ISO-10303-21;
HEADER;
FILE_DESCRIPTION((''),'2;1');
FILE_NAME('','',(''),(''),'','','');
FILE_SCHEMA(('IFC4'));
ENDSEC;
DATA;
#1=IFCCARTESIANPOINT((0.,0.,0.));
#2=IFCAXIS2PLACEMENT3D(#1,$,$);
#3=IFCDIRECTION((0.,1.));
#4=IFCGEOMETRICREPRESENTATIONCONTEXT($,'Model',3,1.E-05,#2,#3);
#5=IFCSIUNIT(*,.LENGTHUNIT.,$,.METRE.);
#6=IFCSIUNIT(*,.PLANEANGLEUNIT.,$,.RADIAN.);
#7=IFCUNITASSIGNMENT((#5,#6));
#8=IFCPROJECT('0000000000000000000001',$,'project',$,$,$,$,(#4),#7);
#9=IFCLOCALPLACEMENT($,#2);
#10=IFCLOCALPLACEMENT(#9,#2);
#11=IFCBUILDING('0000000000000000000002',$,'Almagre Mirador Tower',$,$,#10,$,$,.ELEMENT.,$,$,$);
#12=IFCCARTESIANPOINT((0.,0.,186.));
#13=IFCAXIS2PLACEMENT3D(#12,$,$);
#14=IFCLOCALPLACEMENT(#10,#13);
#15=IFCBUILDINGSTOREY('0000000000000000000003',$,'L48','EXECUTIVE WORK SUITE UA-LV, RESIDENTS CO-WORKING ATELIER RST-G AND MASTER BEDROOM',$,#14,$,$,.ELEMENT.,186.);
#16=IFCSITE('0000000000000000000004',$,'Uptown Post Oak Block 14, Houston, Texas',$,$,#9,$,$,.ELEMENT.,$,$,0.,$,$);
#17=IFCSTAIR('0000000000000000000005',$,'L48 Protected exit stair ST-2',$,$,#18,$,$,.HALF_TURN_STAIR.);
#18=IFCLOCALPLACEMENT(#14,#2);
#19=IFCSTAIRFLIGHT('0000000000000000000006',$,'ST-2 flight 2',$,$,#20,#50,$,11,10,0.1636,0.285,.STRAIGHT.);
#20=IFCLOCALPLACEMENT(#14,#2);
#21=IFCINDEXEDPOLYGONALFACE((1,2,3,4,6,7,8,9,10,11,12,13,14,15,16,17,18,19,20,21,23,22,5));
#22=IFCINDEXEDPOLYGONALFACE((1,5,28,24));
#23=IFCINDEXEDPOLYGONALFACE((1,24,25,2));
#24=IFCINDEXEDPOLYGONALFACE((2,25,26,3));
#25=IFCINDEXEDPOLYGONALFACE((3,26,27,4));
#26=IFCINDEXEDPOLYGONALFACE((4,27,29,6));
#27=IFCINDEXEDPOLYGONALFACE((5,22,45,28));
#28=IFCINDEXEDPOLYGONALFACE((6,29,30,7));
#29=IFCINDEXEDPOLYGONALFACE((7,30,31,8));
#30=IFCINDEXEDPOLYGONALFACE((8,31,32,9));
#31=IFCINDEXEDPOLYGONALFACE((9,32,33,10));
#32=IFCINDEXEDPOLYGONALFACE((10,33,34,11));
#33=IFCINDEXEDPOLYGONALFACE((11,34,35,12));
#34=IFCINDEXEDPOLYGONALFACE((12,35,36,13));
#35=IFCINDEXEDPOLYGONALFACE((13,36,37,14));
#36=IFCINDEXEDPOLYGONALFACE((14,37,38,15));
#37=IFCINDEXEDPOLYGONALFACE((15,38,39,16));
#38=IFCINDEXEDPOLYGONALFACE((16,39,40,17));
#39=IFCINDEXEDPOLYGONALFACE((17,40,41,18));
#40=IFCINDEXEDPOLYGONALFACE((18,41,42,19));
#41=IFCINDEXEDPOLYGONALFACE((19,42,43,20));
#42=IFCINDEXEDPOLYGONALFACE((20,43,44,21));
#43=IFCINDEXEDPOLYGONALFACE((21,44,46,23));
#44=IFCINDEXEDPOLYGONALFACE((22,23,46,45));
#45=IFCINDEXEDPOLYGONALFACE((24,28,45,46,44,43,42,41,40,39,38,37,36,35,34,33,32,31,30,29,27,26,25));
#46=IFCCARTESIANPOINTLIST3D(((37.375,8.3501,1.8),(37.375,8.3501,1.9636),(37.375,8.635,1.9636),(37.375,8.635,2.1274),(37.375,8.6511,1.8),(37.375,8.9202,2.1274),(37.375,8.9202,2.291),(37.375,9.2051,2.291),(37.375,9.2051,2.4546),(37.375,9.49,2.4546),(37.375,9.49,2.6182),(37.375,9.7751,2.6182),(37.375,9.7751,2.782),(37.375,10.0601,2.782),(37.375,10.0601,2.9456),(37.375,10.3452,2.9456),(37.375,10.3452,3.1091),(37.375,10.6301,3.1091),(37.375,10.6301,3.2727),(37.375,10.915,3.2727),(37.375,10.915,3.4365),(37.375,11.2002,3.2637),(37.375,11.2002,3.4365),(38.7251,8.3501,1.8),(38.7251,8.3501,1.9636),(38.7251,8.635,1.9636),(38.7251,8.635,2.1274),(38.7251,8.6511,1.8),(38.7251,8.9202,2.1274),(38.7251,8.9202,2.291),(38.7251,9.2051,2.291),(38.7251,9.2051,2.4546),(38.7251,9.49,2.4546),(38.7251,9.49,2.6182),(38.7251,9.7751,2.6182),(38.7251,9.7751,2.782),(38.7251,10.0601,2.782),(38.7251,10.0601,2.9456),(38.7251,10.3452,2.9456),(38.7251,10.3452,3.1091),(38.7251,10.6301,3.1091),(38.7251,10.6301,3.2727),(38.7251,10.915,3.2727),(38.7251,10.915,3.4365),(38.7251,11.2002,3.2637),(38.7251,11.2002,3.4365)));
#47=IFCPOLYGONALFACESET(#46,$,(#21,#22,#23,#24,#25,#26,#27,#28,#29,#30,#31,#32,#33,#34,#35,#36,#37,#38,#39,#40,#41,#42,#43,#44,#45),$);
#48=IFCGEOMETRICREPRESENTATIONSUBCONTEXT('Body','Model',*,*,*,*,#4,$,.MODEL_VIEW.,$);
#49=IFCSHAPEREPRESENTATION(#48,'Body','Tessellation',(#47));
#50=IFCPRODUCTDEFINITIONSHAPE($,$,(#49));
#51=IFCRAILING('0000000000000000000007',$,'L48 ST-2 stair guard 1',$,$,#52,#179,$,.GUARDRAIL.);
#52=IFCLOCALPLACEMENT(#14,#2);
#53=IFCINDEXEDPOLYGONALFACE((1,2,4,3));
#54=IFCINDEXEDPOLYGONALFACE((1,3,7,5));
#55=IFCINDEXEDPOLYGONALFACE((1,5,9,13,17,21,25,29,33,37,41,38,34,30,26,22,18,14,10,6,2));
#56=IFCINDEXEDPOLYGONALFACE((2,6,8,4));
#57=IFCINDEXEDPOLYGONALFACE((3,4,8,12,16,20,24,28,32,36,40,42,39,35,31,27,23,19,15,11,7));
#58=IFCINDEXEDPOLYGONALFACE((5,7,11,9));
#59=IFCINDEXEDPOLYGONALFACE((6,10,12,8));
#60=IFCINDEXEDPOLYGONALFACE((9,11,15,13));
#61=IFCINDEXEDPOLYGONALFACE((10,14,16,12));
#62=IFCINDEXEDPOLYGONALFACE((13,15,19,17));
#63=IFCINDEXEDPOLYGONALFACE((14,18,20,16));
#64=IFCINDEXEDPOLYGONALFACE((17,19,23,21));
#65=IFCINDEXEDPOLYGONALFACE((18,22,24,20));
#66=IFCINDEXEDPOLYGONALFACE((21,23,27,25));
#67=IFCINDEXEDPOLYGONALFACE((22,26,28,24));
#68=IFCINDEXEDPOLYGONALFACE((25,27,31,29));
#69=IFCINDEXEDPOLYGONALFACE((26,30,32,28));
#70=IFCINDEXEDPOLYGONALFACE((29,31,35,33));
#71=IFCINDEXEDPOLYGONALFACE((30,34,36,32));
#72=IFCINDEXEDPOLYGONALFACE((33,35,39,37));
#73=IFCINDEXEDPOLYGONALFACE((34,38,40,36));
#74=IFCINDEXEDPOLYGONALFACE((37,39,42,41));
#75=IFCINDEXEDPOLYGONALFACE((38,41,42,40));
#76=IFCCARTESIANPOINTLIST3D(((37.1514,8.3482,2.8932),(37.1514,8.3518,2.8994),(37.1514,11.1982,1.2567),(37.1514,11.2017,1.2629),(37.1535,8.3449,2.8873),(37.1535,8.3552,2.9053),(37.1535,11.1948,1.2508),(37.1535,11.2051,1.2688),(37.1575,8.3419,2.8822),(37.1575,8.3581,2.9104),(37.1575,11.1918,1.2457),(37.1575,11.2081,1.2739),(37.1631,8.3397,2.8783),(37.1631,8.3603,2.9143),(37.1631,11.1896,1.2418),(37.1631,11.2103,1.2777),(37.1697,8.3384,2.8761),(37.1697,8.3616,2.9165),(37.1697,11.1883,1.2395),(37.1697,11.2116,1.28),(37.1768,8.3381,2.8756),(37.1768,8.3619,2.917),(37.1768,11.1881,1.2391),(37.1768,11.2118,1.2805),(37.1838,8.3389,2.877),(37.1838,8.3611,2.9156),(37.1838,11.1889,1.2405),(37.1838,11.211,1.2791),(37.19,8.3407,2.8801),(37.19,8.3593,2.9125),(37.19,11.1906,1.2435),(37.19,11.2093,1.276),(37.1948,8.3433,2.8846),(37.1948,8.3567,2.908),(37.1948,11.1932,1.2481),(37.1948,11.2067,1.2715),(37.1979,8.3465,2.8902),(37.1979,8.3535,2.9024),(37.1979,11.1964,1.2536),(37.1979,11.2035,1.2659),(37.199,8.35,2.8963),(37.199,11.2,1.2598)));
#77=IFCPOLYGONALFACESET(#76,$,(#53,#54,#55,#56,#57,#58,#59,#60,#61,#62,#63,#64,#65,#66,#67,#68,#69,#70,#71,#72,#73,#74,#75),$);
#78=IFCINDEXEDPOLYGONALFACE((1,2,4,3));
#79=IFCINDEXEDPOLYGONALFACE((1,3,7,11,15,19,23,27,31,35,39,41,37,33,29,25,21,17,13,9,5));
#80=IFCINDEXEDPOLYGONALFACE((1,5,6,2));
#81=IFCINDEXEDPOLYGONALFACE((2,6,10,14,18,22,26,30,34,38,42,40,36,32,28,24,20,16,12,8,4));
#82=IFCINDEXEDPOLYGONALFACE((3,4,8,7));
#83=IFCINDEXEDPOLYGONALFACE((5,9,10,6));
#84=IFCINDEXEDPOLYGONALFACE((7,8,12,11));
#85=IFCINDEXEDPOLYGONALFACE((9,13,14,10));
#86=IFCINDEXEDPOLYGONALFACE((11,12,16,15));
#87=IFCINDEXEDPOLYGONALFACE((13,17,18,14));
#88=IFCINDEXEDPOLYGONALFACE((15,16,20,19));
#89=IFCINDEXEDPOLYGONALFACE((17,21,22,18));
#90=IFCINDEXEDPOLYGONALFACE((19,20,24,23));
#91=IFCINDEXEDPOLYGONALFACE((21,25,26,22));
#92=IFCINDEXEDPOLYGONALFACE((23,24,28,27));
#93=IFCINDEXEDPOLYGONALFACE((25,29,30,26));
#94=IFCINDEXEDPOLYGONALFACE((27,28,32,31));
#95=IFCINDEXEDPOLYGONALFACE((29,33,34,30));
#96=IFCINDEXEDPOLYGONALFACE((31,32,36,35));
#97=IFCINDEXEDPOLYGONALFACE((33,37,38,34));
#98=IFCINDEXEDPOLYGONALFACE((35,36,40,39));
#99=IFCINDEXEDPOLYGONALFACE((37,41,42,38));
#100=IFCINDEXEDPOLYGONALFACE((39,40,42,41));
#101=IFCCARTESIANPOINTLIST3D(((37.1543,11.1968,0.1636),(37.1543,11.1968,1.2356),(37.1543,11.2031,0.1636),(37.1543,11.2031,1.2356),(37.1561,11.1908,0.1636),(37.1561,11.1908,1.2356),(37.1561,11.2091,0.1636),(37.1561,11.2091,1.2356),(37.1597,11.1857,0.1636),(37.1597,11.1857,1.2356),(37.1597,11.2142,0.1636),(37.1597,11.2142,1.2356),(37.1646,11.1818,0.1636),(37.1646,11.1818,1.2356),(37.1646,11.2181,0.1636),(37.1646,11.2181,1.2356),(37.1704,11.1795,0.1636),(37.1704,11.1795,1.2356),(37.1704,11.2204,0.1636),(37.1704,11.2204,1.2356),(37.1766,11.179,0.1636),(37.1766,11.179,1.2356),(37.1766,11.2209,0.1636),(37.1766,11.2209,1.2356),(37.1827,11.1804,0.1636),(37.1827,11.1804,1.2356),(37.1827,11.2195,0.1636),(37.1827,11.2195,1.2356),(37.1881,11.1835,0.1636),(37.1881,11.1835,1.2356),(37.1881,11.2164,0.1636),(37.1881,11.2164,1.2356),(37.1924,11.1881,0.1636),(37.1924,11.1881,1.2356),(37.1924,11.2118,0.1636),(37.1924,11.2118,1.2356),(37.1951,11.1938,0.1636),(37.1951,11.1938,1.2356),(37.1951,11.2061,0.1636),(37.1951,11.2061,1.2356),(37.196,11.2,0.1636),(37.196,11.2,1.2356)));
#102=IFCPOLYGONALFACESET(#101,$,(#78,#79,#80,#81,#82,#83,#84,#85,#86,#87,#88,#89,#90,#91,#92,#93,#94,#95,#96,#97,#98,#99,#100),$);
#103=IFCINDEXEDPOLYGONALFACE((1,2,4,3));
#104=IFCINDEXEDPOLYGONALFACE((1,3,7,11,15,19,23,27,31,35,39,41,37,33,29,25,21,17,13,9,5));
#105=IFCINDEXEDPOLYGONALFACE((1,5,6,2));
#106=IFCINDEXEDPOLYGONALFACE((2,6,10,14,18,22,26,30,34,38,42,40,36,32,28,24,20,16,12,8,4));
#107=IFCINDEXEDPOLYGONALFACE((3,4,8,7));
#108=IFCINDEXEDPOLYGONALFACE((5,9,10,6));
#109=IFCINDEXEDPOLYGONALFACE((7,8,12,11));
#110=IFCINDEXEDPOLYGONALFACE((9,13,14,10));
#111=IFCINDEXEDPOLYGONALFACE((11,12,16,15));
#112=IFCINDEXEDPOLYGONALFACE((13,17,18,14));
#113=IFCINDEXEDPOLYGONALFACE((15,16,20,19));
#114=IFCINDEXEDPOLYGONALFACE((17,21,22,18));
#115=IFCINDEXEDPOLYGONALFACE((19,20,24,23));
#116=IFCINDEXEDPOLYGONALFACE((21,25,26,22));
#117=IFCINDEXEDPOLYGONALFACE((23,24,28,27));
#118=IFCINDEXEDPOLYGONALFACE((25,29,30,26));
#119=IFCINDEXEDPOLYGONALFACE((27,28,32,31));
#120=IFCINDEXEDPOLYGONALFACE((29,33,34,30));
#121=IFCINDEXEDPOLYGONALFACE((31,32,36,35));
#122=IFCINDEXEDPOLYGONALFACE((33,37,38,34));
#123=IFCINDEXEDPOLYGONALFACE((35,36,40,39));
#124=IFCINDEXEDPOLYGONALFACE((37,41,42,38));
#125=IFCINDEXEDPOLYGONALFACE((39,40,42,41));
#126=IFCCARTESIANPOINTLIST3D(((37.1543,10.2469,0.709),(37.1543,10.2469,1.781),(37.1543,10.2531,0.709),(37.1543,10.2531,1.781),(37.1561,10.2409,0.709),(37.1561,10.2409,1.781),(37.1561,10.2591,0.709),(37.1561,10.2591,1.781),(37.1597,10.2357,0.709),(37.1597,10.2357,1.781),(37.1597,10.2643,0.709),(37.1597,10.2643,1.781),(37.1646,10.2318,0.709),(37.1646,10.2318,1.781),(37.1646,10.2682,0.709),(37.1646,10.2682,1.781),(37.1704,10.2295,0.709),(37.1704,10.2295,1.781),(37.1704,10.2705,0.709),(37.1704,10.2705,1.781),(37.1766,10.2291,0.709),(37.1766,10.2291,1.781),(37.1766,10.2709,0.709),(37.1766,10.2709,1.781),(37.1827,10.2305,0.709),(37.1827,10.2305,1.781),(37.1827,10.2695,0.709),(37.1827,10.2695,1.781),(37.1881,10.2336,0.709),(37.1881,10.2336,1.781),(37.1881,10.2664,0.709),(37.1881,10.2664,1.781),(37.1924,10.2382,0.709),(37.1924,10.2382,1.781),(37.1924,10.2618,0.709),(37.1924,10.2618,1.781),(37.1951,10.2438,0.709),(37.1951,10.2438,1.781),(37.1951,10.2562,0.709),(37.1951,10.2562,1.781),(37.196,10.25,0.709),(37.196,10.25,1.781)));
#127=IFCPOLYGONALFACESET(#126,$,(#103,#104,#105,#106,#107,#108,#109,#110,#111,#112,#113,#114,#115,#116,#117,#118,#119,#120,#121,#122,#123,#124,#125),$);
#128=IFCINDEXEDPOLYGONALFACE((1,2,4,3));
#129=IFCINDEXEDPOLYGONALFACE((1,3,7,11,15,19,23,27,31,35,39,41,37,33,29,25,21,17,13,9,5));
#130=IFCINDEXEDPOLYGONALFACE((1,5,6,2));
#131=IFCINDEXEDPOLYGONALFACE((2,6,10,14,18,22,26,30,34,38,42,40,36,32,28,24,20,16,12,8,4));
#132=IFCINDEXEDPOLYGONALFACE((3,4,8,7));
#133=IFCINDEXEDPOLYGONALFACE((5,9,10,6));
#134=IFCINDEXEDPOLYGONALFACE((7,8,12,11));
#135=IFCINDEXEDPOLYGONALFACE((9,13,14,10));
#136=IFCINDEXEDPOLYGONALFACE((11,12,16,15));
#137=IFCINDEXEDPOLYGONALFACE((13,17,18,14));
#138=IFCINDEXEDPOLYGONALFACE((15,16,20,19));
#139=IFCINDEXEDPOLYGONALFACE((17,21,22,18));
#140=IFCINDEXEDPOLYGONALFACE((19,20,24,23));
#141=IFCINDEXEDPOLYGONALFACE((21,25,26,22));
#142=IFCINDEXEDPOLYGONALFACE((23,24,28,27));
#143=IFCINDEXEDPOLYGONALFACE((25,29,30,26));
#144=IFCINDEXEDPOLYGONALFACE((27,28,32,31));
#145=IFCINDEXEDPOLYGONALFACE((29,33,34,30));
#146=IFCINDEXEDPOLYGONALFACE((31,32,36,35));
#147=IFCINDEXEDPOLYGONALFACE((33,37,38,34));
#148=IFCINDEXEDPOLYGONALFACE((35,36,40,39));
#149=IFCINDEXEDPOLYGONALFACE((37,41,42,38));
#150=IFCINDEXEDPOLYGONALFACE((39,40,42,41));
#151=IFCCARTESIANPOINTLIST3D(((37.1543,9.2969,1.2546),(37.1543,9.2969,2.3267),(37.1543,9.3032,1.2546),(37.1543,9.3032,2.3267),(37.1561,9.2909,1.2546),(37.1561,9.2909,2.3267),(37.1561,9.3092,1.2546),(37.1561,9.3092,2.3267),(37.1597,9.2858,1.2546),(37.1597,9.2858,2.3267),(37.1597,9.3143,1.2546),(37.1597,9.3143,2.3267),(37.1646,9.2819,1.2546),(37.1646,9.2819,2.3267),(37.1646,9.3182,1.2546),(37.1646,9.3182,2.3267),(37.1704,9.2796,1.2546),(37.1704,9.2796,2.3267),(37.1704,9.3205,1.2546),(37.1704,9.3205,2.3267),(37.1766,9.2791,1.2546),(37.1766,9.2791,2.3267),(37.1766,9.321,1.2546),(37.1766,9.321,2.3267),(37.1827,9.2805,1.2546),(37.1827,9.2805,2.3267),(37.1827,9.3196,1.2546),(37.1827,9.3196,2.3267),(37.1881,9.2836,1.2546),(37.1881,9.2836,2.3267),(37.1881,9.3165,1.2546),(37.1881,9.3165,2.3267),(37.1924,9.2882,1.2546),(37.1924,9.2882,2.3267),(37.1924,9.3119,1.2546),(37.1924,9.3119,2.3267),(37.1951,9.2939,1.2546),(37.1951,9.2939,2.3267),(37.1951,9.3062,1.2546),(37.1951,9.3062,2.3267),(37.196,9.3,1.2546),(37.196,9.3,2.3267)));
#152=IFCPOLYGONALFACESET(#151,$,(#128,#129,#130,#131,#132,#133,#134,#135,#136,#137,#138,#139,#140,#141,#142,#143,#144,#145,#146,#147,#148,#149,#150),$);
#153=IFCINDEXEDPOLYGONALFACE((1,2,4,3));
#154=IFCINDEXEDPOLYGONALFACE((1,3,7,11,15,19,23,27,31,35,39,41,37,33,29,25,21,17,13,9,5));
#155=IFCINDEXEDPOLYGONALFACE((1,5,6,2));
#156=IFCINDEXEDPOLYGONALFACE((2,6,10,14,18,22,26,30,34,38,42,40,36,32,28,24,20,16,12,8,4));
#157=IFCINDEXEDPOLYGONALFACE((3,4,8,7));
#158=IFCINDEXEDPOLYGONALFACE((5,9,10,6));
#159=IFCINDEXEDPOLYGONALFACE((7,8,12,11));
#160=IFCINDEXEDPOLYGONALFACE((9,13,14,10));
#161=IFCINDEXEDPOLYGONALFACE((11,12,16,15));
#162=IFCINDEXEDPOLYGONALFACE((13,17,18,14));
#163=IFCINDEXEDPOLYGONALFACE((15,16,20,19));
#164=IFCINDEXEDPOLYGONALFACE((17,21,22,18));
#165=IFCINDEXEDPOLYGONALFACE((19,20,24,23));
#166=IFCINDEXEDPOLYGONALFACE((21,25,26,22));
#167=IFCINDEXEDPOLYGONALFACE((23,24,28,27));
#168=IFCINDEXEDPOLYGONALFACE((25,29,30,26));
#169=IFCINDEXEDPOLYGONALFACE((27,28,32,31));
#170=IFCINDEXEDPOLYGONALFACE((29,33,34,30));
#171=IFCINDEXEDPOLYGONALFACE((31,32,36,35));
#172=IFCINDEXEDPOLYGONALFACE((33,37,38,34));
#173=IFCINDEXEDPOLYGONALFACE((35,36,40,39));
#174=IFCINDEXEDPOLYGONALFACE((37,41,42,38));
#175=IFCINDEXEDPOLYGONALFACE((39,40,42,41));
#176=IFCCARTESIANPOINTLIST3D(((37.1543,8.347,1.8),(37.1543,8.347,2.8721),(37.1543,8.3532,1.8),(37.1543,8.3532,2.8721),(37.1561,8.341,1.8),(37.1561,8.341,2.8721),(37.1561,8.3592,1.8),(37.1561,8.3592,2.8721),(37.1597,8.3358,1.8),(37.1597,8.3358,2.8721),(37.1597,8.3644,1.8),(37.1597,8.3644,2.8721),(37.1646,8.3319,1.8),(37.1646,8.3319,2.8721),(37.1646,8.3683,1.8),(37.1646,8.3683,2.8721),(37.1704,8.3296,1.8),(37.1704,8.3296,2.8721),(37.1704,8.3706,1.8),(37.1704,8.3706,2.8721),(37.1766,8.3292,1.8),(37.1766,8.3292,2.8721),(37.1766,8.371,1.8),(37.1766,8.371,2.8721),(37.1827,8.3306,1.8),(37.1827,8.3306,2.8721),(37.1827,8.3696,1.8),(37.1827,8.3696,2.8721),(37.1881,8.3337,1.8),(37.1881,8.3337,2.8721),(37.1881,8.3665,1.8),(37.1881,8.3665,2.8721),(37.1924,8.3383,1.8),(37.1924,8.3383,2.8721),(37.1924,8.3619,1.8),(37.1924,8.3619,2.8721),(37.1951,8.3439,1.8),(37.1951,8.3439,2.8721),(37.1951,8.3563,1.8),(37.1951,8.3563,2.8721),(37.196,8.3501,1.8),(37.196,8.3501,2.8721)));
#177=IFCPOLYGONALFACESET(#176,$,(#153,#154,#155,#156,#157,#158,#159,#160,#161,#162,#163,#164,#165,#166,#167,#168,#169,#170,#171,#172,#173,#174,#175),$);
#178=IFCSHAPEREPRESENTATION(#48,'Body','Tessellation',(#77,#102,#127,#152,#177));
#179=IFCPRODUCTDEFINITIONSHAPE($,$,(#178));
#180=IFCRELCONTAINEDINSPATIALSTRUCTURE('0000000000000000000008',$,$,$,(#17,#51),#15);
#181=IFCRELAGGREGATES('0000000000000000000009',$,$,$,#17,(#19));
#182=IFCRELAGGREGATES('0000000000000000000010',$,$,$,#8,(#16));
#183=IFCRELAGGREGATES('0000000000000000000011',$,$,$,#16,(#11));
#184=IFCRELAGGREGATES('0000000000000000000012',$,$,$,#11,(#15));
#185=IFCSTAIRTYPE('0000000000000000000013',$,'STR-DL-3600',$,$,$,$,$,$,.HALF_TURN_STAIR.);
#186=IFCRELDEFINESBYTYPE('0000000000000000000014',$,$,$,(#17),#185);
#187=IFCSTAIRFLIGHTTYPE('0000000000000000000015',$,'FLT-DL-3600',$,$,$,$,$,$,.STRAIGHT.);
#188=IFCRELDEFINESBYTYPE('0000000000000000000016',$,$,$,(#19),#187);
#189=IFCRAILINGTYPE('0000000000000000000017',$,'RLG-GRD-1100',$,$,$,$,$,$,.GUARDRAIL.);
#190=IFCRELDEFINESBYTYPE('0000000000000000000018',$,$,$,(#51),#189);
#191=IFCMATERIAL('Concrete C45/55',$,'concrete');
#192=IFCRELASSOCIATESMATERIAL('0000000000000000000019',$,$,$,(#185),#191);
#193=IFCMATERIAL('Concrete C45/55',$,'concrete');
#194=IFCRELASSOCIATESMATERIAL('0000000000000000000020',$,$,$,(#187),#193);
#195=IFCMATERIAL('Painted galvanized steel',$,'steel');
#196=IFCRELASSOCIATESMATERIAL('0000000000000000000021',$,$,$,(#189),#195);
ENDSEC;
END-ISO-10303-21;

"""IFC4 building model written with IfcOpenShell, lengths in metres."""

from ifc_helpers import new_model, si_unit, direction, frame, origin, origin_2d, place, context, subcontext, project, spatial, polyline, circle, outline, extrude, material, type_object, element, aggregate, save


model = new_model("IFC4")

# Units and contexts
model_context = context("Model", 3, precision=1e-05, world=origin(), true_north=direction((0.0, 1.0)))
body_context = subcontext(model_context, "Body", "Model", "MODEL_VIEW")
ifc_project = project(units=[si_unit("LENGTHUNIT", "METRE"), si_unit("PLANEANGLEUNIT", "RADIAN")], contexts=[model_context])

# Site, building, storey
site_placement = place(None, origin())
site = spatial("IfcSite", under=ifc_project, at=site_placement, Name="Uptown Post Oak Block 14, Houston, Texas", CompositionType="ELEMENT", RefElevation=0.0)
building_placement = place(site_placement, origin())
building = spatial("IfcBuilding", under=site, at=building_placement, Name="Almagre Mirador Tower", CompositionType="ELEMENT")
storey_placement = place(building_placement, frame((0.0, 0.0, 186.0)))
storey = spatial("IfcBuildingStorey", under=building, at=storey_placement, Name="L48", Description="EXECUTIVE WORK SUITE UA-LV, RESIDENTS CO-WORKING ATELIER RST-G AND MASTER BEDROOM", CompositionType="ELEMENT", Elevation=186.0)

# Stair, stair flight
ifc_material_1 = material(Name="Concrete C45/55", Category="concrete")
stair_type = type_object("IfcStairType", Name="STR-DL-3600", PredefinedType="HALF_TURN_STAIR", material=ifc_material_1)
stair_placement = place(storey_placement, origin())
stair = element("IfcStair", 1, at=stair_placement, inside=storey, type_object=stair_type, Name="L48 Protected exit stair ST-2", PredefinedType="HALF_TURN_STAIR")
ifc_material_2 = material(Name="Concrete C45/55", Category="concrete")
stair_flight_type = type_object("IfcStairFlightType", Name="FLT-DL-3600", PredefinedType="STRAIGHT", material=ifc_material_2)
stair_flight_1_placement = place(storey_placement, frame((38.05, 8.3501, 1.8), z_axis=(0.0, 0.0, 1.0), x_axis=(0.0, 1.0, 0.0)))
stair_flight_1 = element("IfcStairFlight", 2, at=stair_flight_1_placement, type_object=stair_flight_type, Name="ST-2 flight 2", NumberOfRisers=11, NumberOfTreads=10, PredefinedType="STRAIGHT", RiserHeight=0.1636, TreadLength=0.285, context=body_context, shape_type="SweptSolid", body=[
    extrude(outline(polyline([(0.0, 0.0), (0.0, 0.1636), (0.2849, 0.1636), (0.2849, 0.3274), (0.5701, 0.3274), (0.5701, 0.491), (0.855, 0.491), (0.855, 0.6545), (1.1399, 0.6545), (1.1399, 0.8181), (1.425, 0.8181), (1.425, 0.9819), (1.71, 0.9819), (1.71, 1.1455), (1.9951, 1.1455), (1.9951, 1.3091), (2.28, 1.3091), (2.28, 1.4727), (2.5649, 1.4727), (2.5649, 1.6365), (2.8501, 1.6365), (2.8501, 1.8), (2.8501, 1.4636), (0.301, 0.0), (0.0, 0.0)])), frame((0.0, 0.675, 0.0), z_axis=(0.0, -1.0, 0.0), x_axis=(1.0, 0.0, 0.0)), (0.0, 0.0, 1.0), 1.3501),
])
aggregate(stair, [stair_flight_1])

# Railing
ifc_material_3 = material(Name="Painted galvanized steel", Category="steel")
railing_type_1 = type_object("IfcRailingType", Name="RLG-GRD-1100", PredefinedType="GUARDRAIL", material=ifc_material_3)
railing_1_placement = place(storey_placement, frame((37.175, 11.2, 0.1636)))
element("IfcRailing", 3, at=railing_1_placement, inside=storey, type_object=railing_type_1, Name="L48 ST-2 stair guard 1", PredefinedType="GUARDRAIL", context=body_context, shape_type="SweptSolid", body=[
    extrude(circle(Radius=0.0239, at=origin_2d()), frame((0.0, 0.0, 1.0962), z_axis=(0.0, -0.867194, 0.49797), x_axis=(1.0, 0.0, 0.0)), (0.0, 0.0, 1.0), 3.2864),
    extrude(circle(Radius=0.021, at=origin_2d()), origin(), (0.0, 0.0, 1.0), 1.072),
    extrude(circle(Radius=0.021, at=origin_2d()), frame((0.0, -0.95, 0.5454)), (0.0, 0.0, 1.0), 1.072),
    extrude(circle(Radius=0.021, at=origin_2d()), frame((0.0, -1.8999, 1.0911)), (0.0, 0.0, 1.0), 1.072),
    extrude(circle(Radius=0.021, at=origin_2d()), frame((0.0, -2.8499, 1.6365)), (0.0, 0.0, 1.0), 1.072),
])

save(model, "model.ifc")
